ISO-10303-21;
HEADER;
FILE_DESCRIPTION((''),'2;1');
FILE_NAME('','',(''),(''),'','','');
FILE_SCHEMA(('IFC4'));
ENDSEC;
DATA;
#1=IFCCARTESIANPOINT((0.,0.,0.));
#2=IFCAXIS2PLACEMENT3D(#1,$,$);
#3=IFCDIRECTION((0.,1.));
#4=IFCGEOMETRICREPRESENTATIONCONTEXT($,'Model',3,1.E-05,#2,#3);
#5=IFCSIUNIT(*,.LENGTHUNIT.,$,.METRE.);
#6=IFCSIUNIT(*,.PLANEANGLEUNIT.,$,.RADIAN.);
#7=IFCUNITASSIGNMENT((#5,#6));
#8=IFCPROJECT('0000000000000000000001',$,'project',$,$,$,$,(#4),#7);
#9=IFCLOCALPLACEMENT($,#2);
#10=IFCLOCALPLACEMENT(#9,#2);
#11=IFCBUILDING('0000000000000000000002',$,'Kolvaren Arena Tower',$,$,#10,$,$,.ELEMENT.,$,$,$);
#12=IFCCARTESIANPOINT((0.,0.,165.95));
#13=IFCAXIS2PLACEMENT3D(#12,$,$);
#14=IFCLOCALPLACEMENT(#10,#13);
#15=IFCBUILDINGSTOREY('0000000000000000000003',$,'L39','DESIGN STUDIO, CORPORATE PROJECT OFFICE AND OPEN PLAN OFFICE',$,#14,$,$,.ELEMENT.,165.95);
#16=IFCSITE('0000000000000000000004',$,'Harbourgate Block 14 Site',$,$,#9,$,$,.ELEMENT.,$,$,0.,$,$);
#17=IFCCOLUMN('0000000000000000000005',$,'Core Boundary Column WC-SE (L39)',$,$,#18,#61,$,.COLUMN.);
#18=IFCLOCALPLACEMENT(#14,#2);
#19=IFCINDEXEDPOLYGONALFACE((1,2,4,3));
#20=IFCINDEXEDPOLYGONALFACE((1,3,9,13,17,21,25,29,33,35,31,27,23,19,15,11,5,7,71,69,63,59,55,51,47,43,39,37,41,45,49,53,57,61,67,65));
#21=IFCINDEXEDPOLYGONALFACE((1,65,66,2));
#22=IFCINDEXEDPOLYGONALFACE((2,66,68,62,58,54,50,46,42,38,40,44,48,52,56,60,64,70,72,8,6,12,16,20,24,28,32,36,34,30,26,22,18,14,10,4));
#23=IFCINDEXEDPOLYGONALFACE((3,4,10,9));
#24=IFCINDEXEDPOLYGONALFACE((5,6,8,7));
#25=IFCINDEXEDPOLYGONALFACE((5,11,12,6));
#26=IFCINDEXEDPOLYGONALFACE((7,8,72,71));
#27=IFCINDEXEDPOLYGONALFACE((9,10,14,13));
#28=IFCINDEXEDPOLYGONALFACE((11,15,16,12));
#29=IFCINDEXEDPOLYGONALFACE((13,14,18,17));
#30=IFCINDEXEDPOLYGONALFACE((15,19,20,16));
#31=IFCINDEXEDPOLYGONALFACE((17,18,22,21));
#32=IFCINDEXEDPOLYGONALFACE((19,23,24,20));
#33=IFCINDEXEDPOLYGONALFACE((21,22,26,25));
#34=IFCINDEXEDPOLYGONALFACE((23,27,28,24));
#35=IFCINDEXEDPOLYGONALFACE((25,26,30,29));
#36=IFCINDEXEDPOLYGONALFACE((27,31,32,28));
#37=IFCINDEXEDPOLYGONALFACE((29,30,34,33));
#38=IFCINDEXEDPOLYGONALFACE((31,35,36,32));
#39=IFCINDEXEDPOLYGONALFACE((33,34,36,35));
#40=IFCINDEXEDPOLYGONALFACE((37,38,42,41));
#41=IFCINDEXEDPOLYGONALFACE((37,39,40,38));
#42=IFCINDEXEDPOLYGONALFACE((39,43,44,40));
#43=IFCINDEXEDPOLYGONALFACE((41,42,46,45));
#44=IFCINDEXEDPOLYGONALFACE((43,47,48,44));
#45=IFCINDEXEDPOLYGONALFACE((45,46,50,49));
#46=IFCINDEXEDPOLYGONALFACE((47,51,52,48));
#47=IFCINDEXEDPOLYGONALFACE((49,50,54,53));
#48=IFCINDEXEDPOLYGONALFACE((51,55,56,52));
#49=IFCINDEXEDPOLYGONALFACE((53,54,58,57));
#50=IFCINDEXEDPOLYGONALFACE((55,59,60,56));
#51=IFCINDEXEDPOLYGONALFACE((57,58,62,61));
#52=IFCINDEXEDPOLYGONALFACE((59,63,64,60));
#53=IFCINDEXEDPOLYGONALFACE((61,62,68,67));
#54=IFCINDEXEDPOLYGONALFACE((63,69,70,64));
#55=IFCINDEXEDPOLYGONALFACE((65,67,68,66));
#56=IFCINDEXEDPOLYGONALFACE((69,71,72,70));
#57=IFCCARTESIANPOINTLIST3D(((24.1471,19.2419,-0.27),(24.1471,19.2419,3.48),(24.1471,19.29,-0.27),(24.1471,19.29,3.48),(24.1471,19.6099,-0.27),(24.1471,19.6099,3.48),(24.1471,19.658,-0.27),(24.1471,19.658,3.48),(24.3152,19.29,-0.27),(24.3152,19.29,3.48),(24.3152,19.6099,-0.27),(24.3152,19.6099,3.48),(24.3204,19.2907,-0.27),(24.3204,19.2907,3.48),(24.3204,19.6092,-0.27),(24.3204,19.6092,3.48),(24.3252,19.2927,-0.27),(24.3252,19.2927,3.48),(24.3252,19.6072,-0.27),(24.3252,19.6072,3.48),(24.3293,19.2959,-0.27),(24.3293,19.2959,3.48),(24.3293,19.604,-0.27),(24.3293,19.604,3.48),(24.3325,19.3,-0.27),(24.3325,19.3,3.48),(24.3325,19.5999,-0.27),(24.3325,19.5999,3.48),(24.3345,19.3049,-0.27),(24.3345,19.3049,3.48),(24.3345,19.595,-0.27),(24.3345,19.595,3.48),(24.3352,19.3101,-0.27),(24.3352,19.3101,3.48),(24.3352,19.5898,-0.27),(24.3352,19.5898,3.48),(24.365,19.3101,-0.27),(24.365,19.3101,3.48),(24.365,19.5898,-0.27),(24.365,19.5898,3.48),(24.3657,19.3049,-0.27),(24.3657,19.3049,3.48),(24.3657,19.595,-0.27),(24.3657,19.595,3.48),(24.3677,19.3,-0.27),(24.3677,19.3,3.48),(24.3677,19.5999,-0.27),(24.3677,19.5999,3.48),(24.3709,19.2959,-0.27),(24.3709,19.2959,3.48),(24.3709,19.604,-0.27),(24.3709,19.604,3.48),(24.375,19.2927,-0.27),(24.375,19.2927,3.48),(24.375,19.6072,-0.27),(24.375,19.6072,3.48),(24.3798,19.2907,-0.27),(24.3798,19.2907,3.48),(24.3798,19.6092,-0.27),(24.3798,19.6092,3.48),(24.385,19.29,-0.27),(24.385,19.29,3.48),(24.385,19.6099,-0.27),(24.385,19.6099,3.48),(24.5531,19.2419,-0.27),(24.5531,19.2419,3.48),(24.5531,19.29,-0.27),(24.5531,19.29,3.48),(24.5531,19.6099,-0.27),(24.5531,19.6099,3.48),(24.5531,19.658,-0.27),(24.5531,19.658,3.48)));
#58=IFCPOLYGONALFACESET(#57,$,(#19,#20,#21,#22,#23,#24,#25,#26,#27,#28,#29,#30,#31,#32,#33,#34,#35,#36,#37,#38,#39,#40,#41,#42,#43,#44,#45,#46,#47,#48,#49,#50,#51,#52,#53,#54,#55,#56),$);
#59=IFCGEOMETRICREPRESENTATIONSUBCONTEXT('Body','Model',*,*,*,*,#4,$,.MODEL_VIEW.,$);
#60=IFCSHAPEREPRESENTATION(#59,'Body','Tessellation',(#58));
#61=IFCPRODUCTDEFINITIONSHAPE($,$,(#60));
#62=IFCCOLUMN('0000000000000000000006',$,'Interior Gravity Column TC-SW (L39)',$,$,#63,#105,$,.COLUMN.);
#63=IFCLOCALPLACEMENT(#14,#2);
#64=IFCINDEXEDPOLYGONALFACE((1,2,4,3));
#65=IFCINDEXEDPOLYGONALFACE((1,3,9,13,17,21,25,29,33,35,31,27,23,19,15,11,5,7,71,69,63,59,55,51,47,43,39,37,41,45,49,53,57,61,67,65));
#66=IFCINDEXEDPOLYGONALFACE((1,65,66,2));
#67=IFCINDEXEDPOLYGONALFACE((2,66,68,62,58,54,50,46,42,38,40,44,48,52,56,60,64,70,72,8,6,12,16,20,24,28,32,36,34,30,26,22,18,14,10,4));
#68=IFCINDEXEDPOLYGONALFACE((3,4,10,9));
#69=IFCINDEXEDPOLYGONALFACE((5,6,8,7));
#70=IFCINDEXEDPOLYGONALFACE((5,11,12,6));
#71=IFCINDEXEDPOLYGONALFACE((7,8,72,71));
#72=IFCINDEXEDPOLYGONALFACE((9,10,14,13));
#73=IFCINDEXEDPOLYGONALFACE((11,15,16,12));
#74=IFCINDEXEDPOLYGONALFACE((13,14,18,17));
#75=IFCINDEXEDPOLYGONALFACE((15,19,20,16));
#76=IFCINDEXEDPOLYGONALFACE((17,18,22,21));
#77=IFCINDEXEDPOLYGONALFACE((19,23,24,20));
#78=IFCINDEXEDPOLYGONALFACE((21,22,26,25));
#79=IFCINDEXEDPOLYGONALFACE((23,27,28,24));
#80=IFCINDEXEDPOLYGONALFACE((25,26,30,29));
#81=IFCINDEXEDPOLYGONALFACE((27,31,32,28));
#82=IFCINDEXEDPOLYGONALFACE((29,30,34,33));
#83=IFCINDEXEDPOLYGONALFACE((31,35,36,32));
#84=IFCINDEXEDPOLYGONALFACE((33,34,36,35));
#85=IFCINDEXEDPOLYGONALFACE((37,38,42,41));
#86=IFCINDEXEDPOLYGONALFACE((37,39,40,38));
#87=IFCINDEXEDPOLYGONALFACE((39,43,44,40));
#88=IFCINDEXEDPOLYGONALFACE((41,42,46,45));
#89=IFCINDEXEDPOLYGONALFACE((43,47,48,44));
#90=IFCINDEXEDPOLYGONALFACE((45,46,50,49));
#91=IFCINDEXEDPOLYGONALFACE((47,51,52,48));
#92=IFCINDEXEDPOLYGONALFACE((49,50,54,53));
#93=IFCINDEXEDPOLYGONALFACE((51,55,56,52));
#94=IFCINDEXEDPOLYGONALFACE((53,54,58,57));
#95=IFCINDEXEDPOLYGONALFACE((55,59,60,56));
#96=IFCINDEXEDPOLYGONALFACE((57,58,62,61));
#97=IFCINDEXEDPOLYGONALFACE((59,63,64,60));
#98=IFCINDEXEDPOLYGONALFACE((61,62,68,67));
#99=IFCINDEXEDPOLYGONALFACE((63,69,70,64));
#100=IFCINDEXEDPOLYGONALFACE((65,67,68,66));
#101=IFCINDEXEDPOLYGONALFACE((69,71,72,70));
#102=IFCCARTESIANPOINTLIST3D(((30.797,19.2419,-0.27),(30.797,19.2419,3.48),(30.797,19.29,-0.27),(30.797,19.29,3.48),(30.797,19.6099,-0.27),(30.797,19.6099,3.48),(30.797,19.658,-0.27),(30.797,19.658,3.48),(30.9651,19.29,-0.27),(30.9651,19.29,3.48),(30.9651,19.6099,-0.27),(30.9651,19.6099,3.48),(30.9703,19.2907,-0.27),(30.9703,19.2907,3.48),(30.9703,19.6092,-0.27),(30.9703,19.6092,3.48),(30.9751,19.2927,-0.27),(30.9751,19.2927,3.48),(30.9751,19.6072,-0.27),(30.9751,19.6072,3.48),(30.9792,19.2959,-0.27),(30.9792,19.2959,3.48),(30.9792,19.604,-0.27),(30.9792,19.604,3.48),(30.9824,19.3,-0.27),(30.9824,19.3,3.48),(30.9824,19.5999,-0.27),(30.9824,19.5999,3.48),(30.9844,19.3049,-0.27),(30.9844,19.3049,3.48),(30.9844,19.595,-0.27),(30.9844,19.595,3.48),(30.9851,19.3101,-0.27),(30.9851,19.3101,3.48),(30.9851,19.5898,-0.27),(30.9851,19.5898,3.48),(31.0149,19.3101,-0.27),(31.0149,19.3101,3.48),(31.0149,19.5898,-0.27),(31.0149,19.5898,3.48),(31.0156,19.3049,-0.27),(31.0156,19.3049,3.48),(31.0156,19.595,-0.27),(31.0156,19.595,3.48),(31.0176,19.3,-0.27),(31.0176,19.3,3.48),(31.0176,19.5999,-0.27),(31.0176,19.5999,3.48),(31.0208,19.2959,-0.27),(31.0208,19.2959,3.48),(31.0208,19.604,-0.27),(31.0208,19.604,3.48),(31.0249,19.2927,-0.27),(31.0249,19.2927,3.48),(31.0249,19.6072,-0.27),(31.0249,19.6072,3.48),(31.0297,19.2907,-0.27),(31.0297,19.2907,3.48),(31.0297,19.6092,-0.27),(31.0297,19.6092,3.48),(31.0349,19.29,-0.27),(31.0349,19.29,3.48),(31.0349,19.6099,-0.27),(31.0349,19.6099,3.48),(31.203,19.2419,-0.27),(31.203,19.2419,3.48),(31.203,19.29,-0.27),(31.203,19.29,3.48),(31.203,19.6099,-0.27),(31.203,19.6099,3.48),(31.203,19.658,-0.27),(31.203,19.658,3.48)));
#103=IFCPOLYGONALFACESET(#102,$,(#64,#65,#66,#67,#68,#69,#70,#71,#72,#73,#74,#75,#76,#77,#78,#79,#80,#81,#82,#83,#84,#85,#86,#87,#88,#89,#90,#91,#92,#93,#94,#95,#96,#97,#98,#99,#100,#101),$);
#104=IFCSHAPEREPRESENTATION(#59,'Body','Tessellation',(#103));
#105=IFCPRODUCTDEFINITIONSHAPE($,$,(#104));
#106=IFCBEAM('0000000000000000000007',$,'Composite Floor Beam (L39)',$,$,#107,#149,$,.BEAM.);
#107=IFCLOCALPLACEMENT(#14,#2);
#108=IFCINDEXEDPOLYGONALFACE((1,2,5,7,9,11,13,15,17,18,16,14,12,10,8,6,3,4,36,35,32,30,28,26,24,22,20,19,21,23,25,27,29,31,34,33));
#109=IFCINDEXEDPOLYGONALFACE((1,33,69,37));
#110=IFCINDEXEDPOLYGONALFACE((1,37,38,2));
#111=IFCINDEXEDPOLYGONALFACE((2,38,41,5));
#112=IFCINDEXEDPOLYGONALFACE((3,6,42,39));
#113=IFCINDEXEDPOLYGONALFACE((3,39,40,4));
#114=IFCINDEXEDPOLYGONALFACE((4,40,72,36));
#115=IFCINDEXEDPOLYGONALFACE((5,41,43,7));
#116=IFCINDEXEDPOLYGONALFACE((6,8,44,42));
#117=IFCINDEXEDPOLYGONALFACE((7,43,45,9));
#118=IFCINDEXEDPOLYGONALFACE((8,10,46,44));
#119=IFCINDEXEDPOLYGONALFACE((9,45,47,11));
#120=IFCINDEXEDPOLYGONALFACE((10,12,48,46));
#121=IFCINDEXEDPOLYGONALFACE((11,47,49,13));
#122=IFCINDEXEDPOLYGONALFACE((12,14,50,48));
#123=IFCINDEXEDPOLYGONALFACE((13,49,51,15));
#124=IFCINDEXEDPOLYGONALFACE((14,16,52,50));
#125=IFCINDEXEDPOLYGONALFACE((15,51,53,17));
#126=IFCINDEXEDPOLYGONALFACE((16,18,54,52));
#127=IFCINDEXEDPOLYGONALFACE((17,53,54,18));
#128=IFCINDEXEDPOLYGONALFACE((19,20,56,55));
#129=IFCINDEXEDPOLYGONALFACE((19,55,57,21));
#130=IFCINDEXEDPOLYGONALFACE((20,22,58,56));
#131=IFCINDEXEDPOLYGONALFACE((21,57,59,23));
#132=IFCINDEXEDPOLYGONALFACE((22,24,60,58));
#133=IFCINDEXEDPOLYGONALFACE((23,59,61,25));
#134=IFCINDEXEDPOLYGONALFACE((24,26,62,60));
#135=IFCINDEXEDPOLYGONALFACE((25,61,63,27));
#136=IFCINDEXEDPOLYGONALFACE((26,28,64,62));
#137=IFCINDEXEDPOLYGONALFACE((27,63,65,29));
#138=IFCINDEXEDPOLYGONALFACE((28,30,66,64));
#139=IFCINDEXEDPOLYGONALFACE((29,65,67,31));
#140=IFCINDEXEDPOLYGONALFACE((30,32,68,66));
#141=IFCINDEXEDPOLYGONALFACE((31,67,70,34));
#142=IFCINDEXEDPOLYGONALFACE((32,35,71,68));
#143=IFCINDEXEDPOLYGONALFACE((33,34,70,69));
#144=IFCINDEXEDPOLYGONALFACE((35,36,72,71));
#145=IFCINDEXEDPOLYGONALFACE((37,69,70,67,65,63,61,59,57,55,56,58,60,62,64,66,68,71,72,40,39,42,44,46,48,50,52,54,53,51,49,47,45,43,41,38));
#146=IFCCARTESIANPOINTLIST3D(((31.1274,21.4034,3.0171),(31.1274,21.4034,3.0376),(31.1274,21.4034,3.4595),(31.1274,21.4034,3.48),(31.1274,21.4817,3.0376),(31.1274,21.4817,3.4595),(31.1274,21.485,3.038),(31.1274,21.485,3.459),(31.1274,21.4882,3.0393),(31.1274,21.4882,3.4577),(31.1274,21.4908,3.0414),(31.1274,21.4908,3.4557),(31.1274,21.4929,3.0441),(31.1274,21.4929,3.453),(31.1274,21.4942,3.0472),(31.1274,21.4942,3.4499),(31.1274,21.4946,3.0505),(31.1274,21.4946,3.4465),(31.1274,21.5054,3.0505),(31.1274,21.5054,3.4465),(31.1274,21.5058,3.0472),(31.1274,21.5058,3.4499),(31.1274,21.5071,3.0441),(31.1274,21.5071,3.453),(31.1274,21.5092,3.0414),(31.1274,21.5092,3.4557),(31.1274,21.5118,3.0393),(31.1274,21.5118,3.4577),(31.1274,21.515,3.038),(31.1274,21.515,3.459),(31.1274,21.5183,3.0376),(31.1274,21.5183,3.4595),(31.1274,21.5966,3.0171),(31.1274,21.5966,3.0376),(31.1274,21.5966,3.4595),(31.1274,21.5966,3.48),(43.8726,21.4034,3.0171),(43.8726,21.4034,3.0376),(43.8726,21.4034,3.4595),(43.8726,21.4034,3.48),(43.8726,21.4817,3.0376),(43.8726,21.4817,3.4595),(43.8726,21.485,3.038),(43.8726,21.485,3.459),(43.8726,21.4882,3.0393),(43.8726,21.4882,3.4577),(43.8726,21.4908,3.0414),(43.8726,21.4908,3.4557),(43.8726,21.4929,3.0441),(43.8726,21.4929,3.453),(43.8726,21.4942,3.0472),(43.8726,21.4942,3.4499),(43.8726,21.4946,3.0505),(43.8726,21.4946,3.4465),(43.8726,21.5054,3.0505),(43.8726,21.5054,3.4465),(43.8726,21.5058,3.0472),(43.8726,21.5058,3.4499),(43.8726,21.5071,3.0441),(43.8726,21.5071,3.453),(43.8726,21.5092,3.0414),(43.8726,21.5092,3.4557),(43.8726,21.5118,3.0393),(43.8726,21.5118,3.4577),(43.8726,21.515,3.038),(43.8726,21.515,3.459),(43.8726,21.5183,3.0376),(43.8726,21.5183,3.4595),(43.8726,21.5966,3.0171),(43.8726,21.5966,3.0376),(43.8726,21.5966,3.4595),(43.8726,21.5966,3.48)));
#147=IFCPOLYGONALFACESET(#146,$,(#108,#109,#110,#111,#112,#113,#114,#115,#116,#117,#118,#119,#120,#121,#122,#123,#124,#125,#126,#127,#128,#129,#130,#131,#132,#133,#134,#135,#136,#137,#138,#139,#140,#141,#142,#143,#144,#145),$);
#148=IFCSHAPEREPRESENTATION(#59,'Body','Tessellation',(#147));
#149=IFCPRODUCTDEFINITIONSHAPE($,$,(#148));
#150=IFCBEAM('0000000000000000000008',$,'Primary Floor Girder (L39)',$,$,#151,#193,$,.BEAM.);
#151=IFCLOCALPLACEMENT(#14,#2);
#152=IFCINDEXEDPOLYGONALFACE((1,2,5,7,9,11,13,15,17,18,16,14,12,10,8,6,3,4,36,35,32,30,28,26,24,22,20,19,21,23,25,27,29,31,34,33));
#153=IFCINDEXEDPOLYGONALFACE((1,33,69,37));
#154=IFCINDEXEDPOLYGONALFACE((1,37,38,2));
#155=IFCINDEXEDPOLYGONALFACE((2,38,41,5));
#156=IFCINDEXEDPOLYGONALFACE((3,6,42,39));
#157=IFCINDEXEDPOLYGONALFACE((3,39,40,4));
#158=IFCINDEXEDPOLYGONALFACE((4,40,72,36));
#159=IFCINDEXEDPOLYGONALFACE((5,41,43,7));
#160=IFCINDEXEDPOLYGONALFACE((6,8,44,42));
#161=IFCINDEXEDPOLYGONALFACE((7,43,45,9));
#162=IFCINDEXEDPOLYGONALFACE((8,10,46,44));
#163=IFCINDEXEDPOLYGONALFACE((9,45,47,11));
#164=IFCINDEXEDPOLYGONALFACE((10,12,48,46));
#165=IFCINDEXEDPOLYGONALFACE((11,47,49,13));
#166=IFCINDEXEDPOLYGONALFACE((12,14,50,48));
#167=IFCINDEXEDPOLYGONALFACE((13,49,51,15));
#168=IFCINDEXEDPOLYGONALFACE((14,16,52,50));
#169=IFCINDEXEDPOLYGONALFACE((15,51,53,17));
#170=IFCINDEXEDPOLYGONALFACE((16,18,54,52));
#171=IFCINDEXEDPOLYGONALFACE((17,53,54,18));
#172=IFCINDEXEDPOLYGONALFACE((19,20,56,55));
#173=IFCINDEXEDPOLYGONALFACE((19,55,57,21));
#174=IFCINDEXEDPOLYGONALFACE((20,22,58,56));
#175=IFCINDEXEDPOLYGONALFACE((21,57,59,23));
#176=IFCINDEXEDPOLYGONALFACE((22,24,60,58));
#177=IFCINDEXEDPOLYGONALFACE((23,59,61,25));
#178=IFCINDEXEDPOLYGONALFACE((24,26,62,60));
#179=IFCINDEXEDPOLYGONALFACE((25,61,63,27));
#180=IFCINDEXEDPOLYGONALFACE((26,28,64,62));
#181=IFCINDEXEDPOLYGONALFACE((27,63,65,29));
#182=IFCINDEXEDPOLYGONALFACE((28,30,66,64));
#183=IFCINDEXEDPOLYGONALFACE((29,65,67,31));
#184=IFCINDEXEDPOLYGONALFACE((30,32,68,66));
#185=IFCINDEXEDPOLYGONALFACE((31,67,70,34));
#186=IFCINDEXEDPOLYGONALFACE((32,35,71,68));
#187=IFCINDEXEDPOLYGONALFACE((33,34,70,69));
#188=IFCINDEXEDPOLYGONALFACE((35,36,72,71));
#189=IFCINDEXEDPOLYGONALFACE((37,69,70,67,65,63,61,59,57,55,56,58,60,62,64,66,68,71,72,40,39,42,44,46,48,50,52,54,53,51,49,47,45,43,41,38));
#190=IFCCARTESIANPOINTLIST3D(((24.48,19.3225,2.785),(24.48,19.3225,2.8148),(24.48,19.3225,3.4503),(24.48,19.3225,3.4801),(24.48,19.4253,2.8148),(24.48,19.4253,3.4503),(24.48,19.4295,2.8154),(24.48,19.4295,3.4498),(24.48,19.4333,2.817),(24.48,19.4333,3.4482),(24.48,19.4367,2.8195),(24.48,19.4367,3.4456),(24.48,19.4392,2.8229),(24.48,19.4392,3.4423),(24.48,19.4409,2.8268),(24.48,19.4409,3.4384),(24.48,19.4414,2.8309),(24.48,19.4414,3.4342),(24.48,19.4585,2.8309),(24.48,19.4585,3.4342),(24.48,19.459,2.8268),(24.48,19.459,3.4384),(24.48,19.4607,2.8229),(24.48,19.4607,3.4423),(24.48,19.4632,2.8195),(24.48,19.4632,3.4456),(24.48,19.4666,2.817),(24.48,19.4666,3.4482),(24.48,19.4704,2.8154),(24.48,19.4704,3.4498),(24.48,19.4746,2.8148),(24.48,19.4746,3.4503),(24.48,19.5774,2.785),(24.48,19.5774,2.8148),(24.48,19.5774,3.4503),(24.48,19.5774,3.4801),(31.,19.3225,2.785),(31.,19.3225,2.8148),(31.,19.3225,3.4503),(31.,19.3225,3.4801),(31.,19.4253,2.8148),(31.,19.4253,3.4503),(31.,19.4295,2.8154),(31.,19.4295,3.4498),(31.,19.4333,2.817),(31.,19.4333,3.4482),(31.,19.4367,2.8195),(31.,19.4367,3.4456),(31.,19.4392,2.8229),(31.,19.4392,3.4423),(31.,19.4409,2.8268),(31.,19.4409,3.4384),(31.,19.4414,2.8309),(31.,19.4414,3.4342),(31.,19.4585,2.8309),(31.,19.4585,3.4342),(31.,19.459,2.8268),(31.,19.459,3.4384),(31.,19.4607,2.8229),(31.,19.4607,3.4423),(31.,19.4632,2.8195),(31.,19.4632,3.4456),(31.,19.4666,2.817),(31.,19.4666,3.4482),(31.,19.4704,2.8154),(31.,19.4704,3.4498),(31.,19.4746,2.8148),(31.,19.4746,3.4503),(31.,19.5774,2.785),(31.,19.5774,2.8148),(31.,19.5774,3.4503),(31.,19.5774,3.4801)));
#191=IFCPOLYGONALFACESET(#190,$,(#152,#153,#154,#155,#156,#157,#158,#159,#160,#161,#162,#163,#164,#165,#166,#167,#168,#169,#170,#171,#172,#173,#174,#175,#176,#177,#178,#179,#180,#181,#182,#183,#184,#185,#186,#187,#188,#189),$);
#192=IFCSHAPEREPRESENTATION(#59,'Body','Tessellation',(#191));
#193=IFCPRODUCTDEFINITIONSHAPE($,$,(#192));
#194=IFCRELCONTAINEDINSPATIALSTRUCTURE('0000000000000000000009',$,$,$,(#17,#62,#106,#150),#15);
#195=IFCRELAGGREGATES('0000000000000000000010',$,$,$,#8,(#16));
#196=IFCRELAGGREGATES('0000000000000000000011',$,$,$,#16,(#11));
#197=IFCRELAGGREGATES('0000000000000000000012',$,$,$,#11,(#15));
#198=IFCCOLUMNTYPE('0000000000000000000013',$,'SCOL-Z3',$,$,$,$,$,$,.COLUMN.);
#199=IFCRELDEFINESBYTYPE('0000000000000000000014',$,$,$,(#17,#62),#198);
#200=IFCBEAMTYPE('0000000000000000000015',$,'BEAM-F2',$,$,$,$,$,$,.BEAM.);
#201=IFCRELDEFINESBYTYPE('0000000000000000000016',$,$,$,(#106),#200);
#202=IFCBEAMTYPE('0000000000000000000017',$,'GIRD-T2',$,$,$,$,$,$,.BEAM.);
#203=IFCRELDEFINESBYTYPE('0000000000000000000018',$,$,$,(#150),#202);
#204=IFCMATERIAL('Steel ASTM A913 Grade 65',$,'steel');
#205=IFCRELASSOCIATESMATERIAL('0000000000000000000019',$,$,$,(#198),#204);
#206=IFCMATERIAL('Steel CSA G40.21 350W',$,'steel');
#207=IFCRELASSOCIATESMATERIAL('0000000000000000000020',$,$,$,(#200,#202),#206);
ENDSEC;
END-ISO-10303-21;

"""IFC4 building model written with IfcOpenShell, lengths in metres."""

from ifc_helpers import new_model, si_unit, direction, frame, origin, origin_2d, place, context, subcontext, project, spatial, i_section, extrude, material, material_profile, profile_set, type_object, element, save


model = new_model("IFC4")

# Units and contexts
model_context = context("Model", 3, precision=1e-05, world=origin(), true_north=direction((0.0, 1.0)))
body_context = subcontext(model_context, "Body", "Model", "MODEL_VIEW")
ifc_project = project(units=[si_unit("LENGTHUNIT", "METRE"), si_unit("PLANEANGLEUNIT", "RADIAN")], contexts=[model_context])

# Site, building, storey
site_placement = place(None, origin())
site = spatial("IfcSite", under=ifc_project, at=site_placement, Name="Harbourgate Block 14 Site", CompositionType="ELEMENT", RefElevation=0.0)
building_placement = place(site_placement, origin())
building = spatial("IfcBuilding", under=site, at=building_placement, Name="Kolvaren Arena Tower", CompositionType="ELEMENT")
storey_placement = place(building_placement, frame((0.0, 0.0, 165.95)))
storey = spatial("IfcBuildingStorey", under=building, at=storey_placement, Name="L39", Description="DESIGN STUDIO, CORPORATE PROJECT OFFICE AND OPEN PLAN OFFICE", CompositionType="ELEMENT", Elevation=165.95)

# Columns
ifc_material_1 = material(Name="Steel ASTM A913 Grade 65", Category="steel")
ifc_material_profile_1 = material_profile(ifc_material_1, i_section(OverallWidth=0.406, OverallDepth=0.416, WebThickness=0.0298, FlangeThickness=0.0481, FilletRadius=0.02, at=origin_2d()), Name="W360x382")
ifc_profile_set_1 = profile_set([ifc_material_profile_1], Name="Steel ASTM A913 Grade 65")
column_type = type_object("IfcColumnType", Name="SCOL-Z3", PredefinedType="COLUMN", material=ifc_profile_set_1)
for number, where, z_axis, x_axis, name in (
    (1, (24.3501, 19.45, -0.27), (0.0, 0.0, 1.0), (1.0, 0.0, 0.0), "Core Boundary Column WC-SE (L39)"),
    (2, (31.0, 19.45, -0.27), (0.0, 0.0, 1.0), (1.0, 0.0, 0.0), "Interior Gravity Column TC-SW (L39)"),
):
    element("IfcColumn", number, at=place(storey_placement, frame(where, z_axis=z_axis, x_axis=x_axis)), inside=storey, type_object=column_type, Name=name, PredefinedType="COLUMN", context=body_context, shape_type="SweptSolid", body=[
        extrude(i_section(OverallWidth=0.406, OverallDepth=0.416, WebThickness=0.0298, FlangeThickness=0.0481, FilletRadius=0.02, at=origin_2d()), origin(), (0.0, 0.0, 1.0), 3.75),
    ])

# Beams
ifc_material_2 = material(Name="Steel CSA G40.21 350W", Category="steel")
ifc_material_profile_2 = material_profile(ifc_material_2, i_section(OverallWidth=0.1931, OverallDepth=0.4629, WebThickness=0.0107, FlangeThickness=0.0205, FilletRadius=0.0129, at=origin_2d()), Name="W460x113")
ifc_profile_set_2 = profile_set([ifc_material_profile_2], Name="Steel CSA G40.21 350W")
beam_type_1 = type_object("IfcBeamType", Name="BEAM-F2", PredefinedType="BEAM", material=ifc_profile_set_2)
beam_1_placement = place(storey_placement, frame((31.1274, 21.5, 3.2485), z_axis=(1.0, 0.0, 0.0), x_axis=(0.0, 1.0, 0.0)))
element("IfcBeam", 3, at=beam_1_placement, inside=storey, type_object=beam_type_1, Name="Composite Floor Beam (L39)", PredefinedType="BEAM", context=body_context, shape_type="SweptSolid", body=[
    extrude(i_section(OverallWidth=0.1931, OverallDepth=0.4629, WebThickness=0.0107, FlangeThickness=0.0205, FilletRadius=0.0129, at=origin_2d()), origin(), (0.0, 0.0, 1.0), 12.7451),
])
ifc_material_profile_3 = material_profile(ifc_material_2, i_section(OverallWidth=0.2549, OverallDepth=0.6951, WebThickness=0.0171, FlangeThickness=0.0298, FilletRadius=0.0161, at=origin_2d()), Name="W690x217")
ifc_profile_set_3 = profile_set([ifc_material_profile_3], Name="Steel CSA G40.21 350W")
beam_type_2 = type_object("IfcBeamType", Name="GIRD-T2", PredefinedType="BEAM", material=ifc_profile_set_3)
beam_2_placement = place(storey_placement, frame((24.48, 19.45, 3.1326), z_axis=(1.0, 0.0, 0.0), x_axis=(0.0, 1.0, 0.0)))
element("IfcBeam", 4, at=beam_2_placement, inside=storey, type_object=beam_type_2, Name="Primary Floor Girder (L39)", PredefinedType="BEAM", context=body_context, shape_type="SweptSolid", body=[
    extrude(i_section(OverallWidth=0.2549, OverallDepth=0.6951, WebThickness=0.0171, FlangeThickness=0.0298, FilletRadius=0.0161, at=origin_2d()), origin(), (0.0, 0.0, 1.0), 6.52),
])

save(model, "model.ifc")
